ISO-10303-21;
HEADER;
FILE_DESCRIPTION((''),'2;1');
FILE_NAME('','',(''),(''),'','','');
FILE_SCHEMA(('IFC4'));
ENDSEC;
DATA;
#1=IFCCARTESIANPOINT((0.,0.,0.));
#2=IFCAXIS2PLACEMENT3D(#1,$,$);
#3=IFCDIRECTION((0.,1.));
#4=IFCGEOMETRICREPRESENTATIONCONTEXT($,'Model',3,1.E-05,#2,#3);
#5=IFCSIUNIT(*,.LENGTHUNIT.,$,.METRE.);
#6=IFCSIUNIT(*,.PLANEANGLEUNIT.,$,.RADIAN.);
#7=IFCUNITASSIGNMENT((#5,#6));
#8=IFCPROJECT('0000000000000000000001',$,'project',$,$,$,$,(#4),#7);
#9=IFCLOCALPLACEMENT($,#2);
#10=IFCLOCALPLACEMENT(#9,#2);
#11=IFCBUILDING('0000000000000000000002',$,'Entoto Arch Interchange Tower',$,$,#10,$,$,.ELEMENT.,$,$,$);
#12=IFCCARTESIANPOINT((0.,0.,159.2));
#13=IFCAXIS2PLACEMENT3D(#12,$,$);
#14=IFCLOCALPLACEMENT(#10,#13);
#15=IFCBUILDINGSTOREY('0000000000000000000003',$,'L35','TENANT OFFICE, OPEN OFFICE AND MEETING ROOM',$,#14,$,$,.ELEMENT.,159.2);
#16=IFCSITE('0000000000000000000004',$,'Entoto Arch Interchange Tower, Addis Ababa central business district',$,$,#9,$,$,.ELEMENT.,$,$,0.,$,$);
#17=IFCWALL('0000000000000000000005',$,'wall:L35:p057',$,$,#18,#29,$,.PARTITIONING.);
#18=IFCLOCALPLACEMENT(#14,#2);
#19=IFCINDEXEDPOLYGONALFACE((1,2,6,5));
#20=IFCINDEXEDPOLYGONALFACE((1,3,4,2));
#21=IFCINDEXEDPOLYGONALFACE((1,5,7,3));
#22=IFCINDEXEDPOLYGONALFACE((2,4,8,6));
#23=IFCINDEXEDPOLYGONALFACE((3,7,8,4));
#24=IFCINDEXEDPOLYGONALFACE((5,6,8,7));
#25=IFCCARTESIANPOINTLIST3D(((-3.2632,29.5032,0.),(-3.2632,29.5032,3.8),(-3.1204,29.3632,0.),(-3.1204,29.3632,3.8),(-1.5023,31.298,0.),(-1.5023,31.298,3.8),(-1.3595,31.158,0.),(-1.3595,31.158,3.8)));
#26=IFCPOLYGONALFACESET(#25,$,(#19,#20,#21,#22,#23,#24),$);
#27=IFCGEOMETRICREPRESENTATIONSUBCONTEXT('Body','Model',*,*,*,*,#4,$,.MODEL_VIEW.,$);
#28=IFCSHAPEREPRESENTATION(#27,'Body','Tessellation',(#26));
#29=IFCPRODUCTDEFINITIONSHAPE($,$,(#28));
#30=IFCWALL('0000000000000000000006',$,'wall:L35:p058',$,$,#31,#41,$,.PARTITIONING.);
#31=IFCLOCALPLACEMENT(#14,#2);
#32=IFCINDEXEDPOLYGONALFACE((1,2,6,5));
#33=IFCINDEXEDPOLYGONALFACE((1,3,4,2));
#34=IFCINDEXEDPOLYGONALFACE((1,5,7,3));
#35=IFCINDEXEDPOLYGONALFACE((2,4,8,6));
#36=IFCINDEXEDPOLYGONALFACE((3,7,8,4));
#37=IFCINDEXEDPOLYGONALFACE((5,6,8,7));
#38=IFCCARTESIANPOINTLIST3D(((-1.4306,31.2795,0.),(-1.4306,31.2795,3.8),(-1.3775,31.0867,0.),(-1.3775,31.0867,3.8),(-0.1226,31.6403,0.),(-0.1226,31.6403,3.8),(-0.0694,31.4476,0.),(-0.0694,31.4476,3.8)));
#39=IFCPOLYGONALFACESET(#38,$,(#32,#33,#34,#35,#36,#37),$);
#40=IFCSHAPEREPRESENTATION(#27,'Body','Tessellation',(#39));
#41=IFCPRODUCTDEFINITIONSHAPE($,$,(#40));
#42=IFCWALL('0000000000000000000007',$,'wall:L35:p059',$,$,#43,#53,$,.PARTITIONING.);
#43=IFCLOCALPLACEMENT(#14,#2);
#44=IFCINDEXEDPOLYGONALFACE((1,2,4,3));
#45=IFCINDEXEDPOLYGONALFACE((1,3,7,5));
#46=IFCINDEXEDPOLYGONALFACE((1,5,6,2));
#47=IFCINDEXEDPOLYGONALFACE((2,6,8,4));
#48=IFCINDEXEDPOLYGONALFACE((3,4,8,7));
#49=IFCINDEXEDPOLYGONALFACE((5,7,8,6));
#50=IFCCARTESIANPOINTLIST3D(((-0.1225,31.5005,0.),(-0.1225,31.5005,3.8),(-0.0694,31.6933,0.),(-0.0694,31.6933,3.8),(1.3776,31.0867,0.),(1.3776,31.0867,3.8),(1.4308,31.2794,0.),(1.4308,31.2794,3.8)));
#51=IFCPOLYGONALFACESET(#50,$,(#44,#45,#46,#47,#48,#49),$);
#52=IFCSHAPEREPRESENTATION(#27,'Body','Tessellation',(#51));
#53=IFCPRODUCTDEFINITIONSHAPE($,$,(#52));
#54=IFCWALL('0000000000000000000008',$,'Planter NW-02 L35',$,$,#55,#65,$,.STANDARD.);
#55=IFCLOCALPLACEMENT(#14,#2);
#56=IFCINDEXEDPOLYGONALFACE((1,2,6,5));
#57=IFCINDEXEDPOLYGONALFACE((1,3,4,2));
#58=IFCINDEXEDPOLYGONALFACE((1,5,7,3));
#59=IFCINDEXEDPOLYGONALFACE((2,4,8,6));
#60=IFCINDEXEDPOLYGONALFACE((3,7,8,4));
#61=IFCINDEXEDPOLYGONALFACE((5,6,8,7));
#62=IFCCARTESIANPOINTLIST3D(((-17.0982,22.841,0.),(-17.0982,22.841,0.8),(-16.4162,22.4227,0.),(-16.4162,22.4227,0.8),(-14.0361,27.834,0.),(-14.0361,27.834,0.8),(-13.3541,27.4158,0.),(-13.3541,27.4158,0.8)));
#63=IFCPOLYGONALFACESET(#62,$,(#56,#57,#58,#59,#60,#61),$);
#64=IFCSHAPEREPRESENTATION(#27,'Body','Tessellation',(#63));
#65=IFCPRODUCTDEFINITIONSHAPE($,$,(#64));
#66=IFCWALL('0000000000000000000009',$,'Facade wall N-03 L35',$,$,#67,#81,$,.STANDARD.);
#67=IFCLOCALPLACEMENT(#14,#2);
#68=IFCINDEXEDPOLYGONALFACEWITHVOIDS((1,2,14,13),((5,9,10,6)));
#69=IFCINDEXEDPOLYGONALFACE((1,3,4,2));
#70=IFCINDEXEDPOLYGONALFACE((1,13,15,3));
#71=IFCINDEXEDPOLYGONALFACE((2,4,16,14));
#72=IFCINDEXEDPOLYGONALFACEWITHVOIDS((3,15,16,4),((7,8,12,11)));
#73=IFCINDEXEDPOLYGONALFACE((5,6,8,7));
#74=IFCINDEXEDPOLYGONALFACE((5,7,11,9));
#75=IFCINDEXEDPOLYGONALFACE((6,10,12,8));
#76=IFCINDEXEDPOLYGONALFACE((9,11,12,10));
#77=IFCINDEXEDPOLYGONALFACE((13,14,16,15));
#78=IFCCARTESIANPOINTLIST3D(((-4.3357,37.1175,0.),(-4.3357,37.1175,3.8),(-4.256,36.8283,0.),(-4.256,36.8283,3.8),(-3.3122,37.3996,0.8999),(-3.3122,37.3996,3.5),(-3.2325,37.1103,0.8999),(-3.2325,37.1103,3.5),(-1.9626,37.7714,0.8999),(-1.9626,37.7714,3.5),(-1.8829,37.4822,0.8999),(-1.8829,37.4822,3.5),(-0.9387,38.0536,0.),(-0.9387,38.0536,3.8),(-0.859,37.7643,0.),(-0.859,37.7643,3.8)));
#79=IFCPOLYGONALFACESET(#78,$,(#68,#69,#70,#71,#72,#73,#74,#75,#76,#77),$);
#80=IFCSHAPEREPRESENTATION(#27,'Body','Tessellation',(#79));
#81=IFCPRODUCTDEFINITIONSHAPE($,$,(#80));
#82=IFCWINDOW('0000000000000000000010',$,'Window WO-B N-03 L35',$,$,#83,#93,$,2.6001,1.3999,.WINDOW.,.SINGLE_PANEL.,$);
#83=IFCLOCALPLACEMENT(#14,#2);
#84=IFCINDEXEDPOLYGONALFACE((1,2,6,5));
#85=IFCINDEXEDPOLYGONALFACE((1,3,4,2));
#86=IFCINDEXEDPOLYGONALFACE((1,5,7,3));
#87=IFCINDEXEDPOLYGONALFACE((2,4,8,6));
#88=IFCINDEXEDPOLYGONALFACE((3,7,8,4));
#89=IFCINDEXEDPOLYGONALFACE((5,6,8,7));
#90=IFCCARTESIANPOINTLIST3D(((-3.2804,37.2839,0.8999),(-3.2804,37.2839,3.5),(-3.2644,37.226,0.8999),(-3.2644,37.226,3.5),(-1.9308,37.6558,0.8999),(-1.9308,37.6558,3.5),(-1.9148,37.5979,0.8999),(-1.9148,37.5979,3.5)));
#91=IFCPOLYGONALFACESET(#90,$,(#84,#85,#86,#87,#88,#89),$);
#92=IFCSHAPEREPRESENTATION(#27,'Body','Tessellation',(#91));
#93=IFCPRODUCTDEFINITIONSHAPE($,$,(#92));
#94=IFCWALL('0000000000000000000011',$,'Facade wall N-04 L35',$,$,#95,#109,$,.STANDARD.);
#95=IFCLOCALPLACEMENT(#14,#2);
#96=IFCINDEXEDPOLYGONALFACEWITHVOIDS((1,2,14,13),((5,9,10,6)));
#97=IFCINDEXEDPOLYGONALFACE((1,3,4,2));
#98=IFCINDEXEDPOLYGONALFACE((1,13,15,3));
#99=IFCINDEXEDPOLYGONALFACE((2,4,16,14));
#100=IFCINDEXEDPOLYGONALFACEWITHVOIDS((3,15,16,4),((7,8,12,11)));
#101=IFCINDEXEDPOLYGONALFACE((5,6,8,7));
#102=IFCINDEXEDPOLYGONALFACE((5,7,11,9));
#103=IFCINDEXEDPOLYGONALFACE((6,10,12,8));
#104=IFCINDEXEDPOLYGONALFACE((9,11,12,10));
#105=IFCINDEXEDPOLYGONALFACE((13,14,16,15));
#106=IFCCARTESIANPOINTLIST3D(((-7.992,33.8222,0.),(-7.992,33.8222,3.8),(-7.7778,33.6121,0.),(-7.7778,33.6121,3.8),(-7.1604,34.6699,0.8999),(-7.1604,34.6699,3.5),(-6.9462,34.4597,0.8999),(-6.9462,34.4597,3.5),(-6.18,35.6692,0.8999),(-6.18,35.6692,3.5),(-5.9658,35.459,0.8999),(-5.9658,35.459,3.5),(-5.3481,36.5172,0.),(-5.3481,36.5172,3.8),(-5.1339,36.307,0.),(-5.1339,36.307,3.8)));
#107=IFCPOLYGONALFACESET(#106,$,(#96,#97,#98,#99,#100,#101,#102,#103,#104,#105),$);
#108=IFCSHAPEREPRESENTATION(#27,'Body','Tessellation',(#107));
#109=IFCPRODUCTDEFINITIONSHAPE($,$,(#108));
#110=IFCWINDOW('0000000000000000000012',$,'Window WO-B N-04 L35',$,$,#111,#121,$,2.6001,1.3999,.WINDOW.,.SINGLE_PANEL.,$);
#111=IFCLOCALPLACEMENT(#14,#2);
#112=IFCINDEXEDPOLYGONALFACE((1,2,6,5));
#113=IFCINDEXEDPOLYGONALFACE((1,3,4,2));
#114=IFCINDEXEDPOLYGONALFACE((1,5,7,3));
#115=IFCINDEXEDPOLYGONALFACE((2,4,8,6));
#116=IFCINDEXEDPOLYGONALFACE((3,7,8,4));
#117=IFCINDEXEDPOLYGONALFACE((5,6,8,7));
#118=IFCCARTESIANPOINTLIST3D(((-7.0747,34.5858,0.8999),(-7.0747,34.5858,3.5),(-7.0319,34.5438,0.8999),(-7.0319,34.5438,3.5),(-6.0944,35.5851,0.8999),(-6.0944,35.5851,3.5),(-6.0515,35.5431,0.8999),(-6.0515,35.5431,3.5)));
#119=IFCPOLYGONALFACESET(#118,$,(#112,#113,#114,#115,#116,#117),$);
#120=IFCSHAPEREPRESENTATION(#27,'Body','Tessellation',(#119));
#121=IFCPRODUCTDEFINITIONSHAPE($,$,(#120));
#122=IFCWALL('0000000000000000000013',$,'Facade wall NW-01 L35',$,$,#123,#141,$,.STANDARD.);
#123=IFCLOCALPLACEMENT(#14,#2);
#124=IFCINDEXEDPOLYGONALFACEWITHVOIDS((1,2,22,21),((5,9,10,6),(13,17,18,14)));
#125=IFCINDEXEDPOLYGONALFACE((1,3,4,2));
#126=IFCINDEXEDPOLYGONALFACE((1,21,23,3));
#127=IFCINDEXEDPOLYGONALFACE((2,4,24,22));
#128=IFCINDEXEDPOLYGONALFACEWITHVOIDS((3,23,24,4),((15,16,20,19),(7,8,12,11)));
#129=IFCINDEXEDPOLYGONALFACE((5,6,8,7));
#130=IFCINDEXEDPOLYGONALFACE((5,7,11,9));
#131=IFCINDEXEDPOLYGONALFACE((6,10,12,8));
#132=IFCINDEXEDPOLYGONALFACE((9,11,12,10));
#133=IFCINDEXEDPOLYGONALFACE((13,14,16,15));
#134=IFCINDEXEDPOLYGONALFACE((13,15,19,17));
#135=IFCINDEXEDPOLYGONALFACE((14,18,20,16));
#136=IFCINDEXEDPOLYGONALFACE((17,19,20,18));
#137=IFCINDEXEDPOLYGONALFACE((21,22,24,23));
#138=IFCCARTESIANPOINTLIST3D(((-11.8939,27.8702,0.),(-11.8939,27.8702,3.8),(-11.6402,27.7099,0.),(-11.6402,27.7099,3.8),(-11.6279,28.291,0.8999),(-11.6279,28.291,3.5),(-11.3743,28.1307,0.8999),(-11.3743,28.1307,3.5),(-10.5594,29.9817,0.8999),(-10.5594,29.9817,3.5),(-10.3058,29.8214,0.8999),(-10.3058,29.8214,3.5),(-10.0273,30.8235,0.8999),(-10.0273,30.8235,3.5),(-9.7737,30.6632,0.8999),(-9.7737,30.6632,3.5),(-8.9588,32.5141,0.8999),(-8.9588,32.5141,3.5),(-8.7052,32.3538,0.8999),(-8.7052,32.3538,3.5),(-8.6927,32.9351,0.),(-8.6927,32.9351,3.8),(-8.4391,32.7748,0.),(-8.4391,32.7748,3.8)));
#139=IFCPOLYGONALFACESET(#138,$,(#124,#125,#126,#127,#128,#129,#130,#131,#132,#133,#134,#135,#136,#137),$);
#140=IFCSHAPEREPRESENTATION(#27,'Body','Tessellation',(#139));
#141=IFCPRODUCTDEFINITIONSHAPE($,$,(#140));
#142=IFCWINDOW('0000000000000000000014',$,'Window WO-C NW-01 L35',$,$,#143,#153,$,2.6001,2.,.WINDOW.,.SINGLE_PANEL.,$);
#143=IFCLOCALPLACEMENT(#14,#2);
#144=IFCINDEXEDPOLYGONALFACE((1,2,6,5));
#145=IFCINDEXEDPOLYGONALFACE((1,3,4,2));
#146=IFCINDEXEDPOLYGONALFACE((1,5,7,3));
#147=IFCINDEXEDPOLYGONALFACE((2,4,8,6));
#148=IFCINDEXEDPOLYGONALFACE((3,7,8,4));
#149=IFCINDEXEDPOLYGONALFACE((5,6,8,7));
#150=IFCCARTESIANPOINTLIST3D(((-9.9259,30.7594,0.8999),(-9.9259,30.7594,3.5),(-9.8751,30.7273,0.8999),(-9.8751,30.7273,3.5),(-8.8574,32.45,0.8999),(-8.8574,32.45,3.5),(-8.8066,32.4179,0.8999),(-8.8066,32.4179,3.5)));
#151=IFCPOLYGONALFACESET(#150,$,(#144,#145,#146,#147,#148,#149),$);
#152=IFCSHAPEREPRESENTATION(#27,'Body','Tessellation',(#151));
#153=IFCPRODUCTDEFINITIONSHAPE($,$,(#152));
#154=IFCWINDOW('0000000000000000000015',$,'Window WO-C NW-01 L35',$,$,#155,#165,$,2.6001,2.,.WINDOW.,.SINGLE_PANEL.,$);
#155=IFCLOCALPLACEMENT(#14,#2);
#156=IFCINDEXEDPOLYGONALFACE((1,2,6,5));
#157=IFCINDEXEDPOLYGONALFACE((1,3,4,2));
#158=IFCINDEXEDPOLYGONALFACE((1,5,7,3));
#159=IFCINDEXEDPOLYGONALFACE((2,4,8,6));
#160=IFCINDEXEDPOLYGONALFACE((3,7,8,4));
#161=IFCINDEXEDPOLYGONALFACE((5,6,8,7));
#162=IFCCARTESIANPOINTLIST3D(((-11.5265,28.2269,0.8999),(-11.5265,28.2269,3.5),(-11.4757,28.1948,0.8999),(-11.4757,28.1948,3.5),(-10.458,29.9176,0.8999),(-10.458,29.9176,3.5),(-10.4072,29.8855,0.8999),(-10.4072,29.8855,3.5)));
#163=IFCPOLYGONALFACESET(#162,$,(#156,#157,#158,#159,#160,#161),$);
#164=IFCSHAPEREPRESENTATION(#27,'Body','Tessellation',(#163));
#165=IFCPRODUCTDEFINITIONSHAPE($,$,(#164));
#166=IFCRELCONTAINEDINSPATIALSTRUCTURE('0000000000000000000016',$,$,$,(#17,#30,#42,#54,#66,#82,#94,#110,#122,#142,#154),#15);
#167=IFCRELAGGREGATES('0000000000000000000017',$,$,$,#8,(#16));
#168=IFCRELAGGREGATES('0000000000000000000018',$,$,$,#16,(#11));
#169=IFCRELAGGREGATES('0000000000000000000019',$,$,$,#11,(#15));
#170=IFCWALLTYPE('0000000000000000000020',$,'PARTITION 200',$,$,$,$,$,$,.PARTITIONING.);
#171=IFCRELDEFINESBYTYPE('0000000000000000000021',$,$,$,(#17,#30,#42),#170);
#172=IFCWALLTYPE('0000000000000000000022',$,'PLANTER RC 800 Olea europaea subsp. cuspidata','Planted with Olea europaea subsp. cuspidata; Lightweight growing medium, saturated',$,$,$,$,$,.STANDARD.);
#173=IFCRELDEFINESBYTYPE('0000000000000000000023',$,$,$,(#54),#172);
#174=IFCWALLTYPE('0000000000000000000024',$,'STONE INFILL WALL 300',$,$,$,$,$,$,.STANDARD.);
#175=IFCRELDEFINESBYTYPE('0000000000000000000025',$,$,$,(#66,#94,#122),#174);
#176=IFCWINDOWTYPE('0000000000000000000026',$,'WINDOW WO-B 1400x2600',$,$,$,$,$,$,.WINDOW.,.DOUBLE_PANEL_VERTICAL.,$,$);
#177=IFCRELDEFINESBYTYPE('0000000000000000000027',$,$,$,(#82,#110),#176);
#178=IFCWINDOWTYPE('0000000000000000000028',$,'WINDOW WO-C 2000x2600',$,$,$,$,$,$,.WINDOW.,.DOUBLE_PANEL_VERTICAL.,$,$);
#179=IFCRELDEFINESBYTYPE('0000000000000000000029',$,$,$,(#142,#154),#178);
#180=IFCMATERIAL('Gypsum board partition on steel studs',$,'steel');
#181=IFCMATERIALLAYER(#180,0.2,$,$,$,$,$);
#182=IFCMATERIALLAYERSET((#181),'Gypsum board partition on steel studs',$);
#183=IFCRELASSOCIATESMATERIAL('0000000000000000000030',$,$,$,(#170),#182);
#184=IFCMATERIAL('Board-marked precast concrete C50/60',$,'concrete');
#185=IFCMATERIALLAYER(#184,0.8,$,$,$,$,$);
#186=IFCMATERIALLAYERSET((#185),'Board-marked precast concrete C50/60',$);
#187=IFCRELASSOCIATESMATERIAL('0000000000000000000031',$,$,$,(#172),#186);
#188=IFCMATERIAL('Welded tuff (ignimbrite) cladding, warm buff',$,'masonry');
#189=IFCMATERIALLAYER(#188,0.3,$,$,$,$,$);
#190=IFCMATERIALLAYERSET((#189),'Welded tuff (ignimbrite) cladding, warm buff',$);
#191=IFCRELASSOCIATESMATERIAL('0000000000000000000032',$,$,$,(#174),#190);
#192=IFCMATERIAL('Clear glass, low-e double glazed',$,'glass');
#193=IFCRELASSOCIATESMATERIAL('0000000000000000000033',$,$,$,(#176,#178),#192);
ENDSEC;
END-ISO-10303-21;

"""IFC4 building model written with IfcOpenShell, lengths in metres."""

from ifc_helpers import new_model, si_unit, direction, frame, frame_2d, origin, place, context, subcontext, project, spatial, rectangle, extrude, material, layer, layer_set, type_object, element, fill, save


model = new_model("IFC4")

# Units and contexts
model_context = context("Model", 3, precision=1e-05, world=origin(), true_north=direction((0.0, 1.0)))
body_context = subcontext(model_context, "Body", "Model", "MODEL_VIEW")
ifc_project = project(units=[si_unit("LENGTHUNIT", "METRE"), si_unit("PLANEANGLEUNIT", "RADIAN")], contexts=[model_context])

# Site, building, storey
site_placement = place(None, origin())
site = spatial("IfcSite", under=ifc_project, at=site_placement, Name="Entoto Arch Interchange Tower, Addis Ababa central business district", CompositionType="ELEMENT", RefElevation=0.0)
building_placement = place(site_placement, origin())
building = spatial("IfcBuilding", under=site, at=building_placement, Name="Entoto Arch Interchange Tower", CompositionType="ELEMENT")
storey_placement = place(building_placement, frame((0.0, 0.0, 159.2)))
storey = spatial("IfcBuildingStorey", under=building, at=storey_placement, Name="L35", Description="TENANT OFFICE, OPEN OFFICE AND MEETING ROOM", CompositionType="ELEMENT", Elevation=159.2)

# Shared definitions
ifc_material_1 = material(Name="Gypsum board partition on steel studs", Category="steel")

# Shared definitions
ifc_layer_1 = layer(ifc_material_1, 0.2)
ifc_layer_set_1 = layer_set([ifc_layer_1], Name="Gypsum board partition on steel studs")
wall_type_1 = type_object("IfcWallType", Name="PARTITION 200", PredefinedType="PARTITIONING", material=ifc_layer_set_1)

# Walls
wall_1_placement = place(storey_placement, frame((-3.1919, 29.4331, 0.0), z_axis=(0.0, 0.0, 1.0), x_axis=(0.700327, 0.713822, 0.0)))
element("IfcWall", 1, at=wall_1_placement, inside=storey, type_object=wall_type_1, Name="wall:L35:p057", PredefinedType="PARTITIONING", context=body_context, shape_type="SweptSolid", body=[
    extrude(rectangle(XDim=2.5144, YDim=0.2, at=frame_2d((1.2573, 0.0))), origin(), (0.0, 0.0, 1.0), 3.8),
])
wall_2_placement = place(storey_placement, frame((-1.4041, 31.1831, 0.0), z_axis=(0.0, 0.0, 1.0), x_axis=(0.963996, 0.265917, 0.0)))
element("IfcWall", 2, at=wall_2_placement, inside=storey, type_object=wall_type_1, Name="wall:L35:p058", PredefinedType="PARTITIONING", context=body_context, shape_type="SweptSolid", body=[
    extrude(rectangle(XDim=1.3569, YDim=0.2, at=frame_2d((0.6785, 0.0))), origin(), (0.0, 0.0, 1.0), 3.8),
])
wall_3_placement = place(storey_placement, frame((-0.0959, 31.5969, 0.0), z_axis=(0.0, 0.0, 1.0), x_axis=(0.963988, -0.265944, 0.0)))
element("IfcWall", 3, at=wall_3_placement, inside=storey, type_object=wall_type_1, Name="wall:L35:p059", PredefinedType="PARTITIONING", context=body_context, shape_type="SweptSolid", body=[
    extrude(rectangle(XDim=1.5562, YDim=0.2, at=frame_2d((0.7781, 0.0))), origin(), (0.0, 0.0, 1.0), 3.8),
])
ifc_material_2 = material(Name="Board-marked precast concrete C50/60", Category="concrete")
ifc_layer_2 = layer(ifc_material_2, 0.8)
ifc_layer_set_2 = layer_set([ifc_layer_2], Name="Board-marked precast concrete C50/60")
wall_type_2 = type_object("IfcWallType", Name="PLANTER RC 800 Olea europaea subsp. cuspidata", Description="Planted with Olea europaea subsp. cuspidata; Lightweight growing medium, saturated", PredefinedType="STANDARD", material=ifc_layer_set_2)
wall_4_placement = place(storey_placement, frame((-13.6951, 27.625, 0.0), z_axis=(0.0, 0.0, 1.0), x_axis=(-0.52279, -0.852462, 0.0)))
element("IfcWall", 4, at=wall_4_placement, inside=storey, type_object=wall_type_2, Name="Planter NW-02 L35", PredefinedType="STANDARD", context=body_context, shape_type="SweptSolid", body=[
    extrude(rectangle(XDim=5.8572, YDim=0.8, at=frame_2d((2.9287, 0.0))), origin(), (0.0, 0.0, 1.0), 0.8),
])

# Walls, openings, windows
ifc_material_3 = material(Name="Welded tuff (ignimbrite) cladding, warm buff", Category="masonry")
ifc_layer_3 = layer(ifc_material_3, 0.3)
ifc_layer_set_3 = layer_set([ifc_layer_3], Name="Welded tuff (ignimbrite) cladding, warm buff")
wall_type_3 = type_object("IfcWallType", Name="STONE INFILL WALL 300", PredefinedType="STANDARD", material=ifc_layer_set_3)
wall_5_placement = place(storey_placement, frame((-0.8989, 37.9089, 0.0), z_axis=(0.0, 0.0, 1.0), x_axis=(-0.96407, -0.265649, 0.0)))
wall_5 = element("IfcWall", 5, at=wall_5_placement, inside=storey, type_object=wall_type_3, Name="Facade wall N-03 L35", PredefinedType="STANDARD", context=body_context, shape_type="SweptSolid", body=[
    extrude(rectangle(XDim=3.5237, YDim=0.3, at=frame_2d((1.7617, 0.0))), origin(), (0.0, 0.0, 1.0), 3.8),
])
opening_1_placement = place(wall_5_placement, frame((1.062, 0.0, 0.8999)))
opening_1 = element("IfcOpeningElement", 6, at=opening_1_placement, cuts=wall_5, PredefinedType="OPENING", context=body_context, shape_type="SweptSolid", body=[
    extrude(rectangle(XDim=1.3999, YDim=2.6001, at=frame_2d((0.7, 1.3))), frame((0.0, 0.1602, 0.0), z_axis=(0.0, -1.0, 0.0), x_axis=(1.0, 0.0, 0.0)), (0.0, 0.0, 1.0), 0.3201),
])
ifc_material_4 = material(Name="Clear glass, low-e double glazed", Category="glass")
window_type_1 = type_object("IfcWindowType", Name="WINDOW WO-B 1400x2600", PartitioningType="DOUBLE_PANEL_VERTICAL", PredefinedType="WINDOW", material=ifc_material_4)
window_1_placement = place(opening_1_placement, origin())
window_1 = element("IfcWindow", 7, at=window_1_placement, inside=storey, type_object=window_type_1, Name="Window WO-B N-03 L35", OverallHeight=2.6001, OverallWidth=1.3999, PartitioningType="SINGLE_PANEL", PredefinedType="WINDOW", context=body_context, shape_type="SweptSolid", body=[
    extrude(rectangle(XDim=1.3999, YDim=2.6001, at=frame_2d((0.7, 1.3))), frame((0.0, 0.03, 0.0), z_axis=(0.0, -1.0, 0.0), x_axis=(1.0, 0.0, 0.0)), (0.0, 0.0, 1.0), 0.0601),
])
fill(opening_1, window_1)
wall_6_placement = place(storey_placement, frame((-5.241, 36.4121, 0.0), z_axis=(0.0, 0.0, 1.0), x_axis=(-0.700317, -0.713832, 0.0)))
wall_6 = element("IfcWall", 8, at=wall_6_placement, inside=storey, type_object=wall_type_3, Name="Facade wall N-04 L35", PredefinedType="STANDARD", context=body_context, shape_type="SweptSolid", body=[
    extrude(rectangle(XDim=3.7754, YDim=0.3, at=frame_2d((1.8877, 0.0))), origin(), (0.0, 0.0, 1.0), 3.8),
])
opening_2_placement = place(wall_6_placement, frame((1.188, 0.0, 0.8999)))
opening_2 = element("IfcOpeningElement", 9, at=opening_2_placement, cuts=wall_6, PredefinedType="OPENING", context=body_context, shape_type="SweptSolid", body=[
    extrude(rectangle(XDim=1.3999, YDim=2.6001, at=frame_2d((0.7, 1.3))), frame((0.0, 0.1602, 0.0), z_axis=(0.0, -1.0, 0.0), x_axis=(1.0, 0.0, 0.0)), (0.0, 0.0, 1.0), 0.3201),
])
window_2_placement = place(opening_2_placement, origin())
window_2 = element("IfcWindow", 10, at=window_2_placement, inside=storey, type_object=window_type_1, Name="Window WO-B N-04 L35", OverallHeight=2.6001, OverallWidth=1.3999, PartitioningType="SINGLE_PANEL", PredefinedType="WINDOW", context=body_context, shape_type="SweptSolid", body=[
    extrude(rectangle(XDim=1.3999, YDim=2.6001, at=frame_2d((0.7, 1.3))), frame((0.0, 0.03, 0.0), z_axis=(0.0, -1.0, 0.0), x_axis=(1.0, 0.0, 0.0)), (0.0, 0.0, 1.0), 0.0601),
])
fill(opening_2, window_2)

# Wall, openings, windows
wall_7_placement = place(storey_placement, frame((-8.5659, 32.855, 0.0), z_axis=(0.0, 0.0, 1.0), x_axis=(-0.534263, -0.845318, 0.0)))
wall_7 = element("IfcWall", 11, at=wall_7_placement, inside=storey, type_object=wall_type_3, Name="Facade wall NW-01 L35", PredefinedType="STANDARD", context=body_context, shape_type="SweptSolid", body=[
    extrude(rectangle(XDim=5.9917, YDim=0.3, at=frame_2d((2.9958, 0.0))), origin(), (0.0, 0.0, 1.0), 3.8),
])
opening_3_placement = place(wall_7_placement, frame((0.498, 0.0, 0.8999)))
opening_3 = element("IfcOpeningElement", 12, at=opening_3_placement, cuts=wall_7, PredefinedType="OPENING", context=body_context, shape_type="SweptSolid", body=[
    extrude(rectangle(XDim=2.0, YDim=2.6001, at=frame_2d((1.0, 1.3))), frame((0.0, 0.1602, 0.0), z_axis=(0.0, -1.0, 0.0), x_axis=(1.0, 0.0, 0.0)), (0.0, 0.0, 1.0), 0.3201),
])
opening_4_placement = place(wall_7_placement, frame((3.4939, 0.0, 0.8999)))
opening_4 = element("IfcOpeningElement", 13, at=opening_4_placement, cuts=wall_7, PredefinedType="OPENING", context=body_context, shape_type="SweptSolid", body=[
    extrude(rectangle(XDim=2.0, YDim=2.6001, at=frame_2d((1.0, 1.3))), frame((0.0, 0.1602, 0.0), z_axis=(0.0, -1.0, 0.0), x_axis=(1.0, 0.0, 0.0)), (0.0, 0.0, 1.0), 0.3201),
])
window_type_2 = type_object("IfcWindowType", Name="WINDOW WO-C 2000x2600", PartitioningType="DOUBLE_PANEL_VERTICAL", PredefinedType="WINDOW", material=ifc_material_4)
window_3_placement = place(opening_3_placement, origin())
window_3 = element("IfcWindow", 14, at=window_3_placement, inside=storey, type_object=window_type_2, Name="Window WO-C NW-01 L35", OverallHeight=2.6001, OverallWidth=2.0, PartitioningType="SINGLE_PANEL", PredefinedType="WINDOW", context=body_context, shape_type="SweptSolid", body=[
    extrude(rectangle(XDim=2.0, YDim=2.6001, at=frame_2d((1.0, 1.3))), frame((0.0, 0.03, 0.0), z_axis=(0.0, -1.0, 0.0), x_axis=(1.0, 0.0, 0.0)), (0.0, 0.0, 1.0), 0.0601),
])
fill(opening_3, window_3)
window_4_placement = place(opening_4_placement, origin())
window_4 = element("IfcWindow", 15, at=window_4_placement, inside=storey, type_object=window_type_2, Name="Window WO-C NW-01 L35", OverallHeight=2.6001, OverallWidth=2.0, PartitioningType="SINGLE_PANEL", PredefinedType="WINDOW", context=body_context, shape_type="SweptSolid", body=[
    extrude(rectangle(XDim=2.0, YDim=2.6001, at=frame_2d((1.0, 1.3))), frame((0.0, 0.03, 0.0), z_axis=(0.0, -1.0, 0.0), x_axis=(1.0, 0.0, 0.0)), (0.0, 0.0, 1.0), 0.0601),
])
fill(opening_4, window_4)

save(model, "model.ifc")
